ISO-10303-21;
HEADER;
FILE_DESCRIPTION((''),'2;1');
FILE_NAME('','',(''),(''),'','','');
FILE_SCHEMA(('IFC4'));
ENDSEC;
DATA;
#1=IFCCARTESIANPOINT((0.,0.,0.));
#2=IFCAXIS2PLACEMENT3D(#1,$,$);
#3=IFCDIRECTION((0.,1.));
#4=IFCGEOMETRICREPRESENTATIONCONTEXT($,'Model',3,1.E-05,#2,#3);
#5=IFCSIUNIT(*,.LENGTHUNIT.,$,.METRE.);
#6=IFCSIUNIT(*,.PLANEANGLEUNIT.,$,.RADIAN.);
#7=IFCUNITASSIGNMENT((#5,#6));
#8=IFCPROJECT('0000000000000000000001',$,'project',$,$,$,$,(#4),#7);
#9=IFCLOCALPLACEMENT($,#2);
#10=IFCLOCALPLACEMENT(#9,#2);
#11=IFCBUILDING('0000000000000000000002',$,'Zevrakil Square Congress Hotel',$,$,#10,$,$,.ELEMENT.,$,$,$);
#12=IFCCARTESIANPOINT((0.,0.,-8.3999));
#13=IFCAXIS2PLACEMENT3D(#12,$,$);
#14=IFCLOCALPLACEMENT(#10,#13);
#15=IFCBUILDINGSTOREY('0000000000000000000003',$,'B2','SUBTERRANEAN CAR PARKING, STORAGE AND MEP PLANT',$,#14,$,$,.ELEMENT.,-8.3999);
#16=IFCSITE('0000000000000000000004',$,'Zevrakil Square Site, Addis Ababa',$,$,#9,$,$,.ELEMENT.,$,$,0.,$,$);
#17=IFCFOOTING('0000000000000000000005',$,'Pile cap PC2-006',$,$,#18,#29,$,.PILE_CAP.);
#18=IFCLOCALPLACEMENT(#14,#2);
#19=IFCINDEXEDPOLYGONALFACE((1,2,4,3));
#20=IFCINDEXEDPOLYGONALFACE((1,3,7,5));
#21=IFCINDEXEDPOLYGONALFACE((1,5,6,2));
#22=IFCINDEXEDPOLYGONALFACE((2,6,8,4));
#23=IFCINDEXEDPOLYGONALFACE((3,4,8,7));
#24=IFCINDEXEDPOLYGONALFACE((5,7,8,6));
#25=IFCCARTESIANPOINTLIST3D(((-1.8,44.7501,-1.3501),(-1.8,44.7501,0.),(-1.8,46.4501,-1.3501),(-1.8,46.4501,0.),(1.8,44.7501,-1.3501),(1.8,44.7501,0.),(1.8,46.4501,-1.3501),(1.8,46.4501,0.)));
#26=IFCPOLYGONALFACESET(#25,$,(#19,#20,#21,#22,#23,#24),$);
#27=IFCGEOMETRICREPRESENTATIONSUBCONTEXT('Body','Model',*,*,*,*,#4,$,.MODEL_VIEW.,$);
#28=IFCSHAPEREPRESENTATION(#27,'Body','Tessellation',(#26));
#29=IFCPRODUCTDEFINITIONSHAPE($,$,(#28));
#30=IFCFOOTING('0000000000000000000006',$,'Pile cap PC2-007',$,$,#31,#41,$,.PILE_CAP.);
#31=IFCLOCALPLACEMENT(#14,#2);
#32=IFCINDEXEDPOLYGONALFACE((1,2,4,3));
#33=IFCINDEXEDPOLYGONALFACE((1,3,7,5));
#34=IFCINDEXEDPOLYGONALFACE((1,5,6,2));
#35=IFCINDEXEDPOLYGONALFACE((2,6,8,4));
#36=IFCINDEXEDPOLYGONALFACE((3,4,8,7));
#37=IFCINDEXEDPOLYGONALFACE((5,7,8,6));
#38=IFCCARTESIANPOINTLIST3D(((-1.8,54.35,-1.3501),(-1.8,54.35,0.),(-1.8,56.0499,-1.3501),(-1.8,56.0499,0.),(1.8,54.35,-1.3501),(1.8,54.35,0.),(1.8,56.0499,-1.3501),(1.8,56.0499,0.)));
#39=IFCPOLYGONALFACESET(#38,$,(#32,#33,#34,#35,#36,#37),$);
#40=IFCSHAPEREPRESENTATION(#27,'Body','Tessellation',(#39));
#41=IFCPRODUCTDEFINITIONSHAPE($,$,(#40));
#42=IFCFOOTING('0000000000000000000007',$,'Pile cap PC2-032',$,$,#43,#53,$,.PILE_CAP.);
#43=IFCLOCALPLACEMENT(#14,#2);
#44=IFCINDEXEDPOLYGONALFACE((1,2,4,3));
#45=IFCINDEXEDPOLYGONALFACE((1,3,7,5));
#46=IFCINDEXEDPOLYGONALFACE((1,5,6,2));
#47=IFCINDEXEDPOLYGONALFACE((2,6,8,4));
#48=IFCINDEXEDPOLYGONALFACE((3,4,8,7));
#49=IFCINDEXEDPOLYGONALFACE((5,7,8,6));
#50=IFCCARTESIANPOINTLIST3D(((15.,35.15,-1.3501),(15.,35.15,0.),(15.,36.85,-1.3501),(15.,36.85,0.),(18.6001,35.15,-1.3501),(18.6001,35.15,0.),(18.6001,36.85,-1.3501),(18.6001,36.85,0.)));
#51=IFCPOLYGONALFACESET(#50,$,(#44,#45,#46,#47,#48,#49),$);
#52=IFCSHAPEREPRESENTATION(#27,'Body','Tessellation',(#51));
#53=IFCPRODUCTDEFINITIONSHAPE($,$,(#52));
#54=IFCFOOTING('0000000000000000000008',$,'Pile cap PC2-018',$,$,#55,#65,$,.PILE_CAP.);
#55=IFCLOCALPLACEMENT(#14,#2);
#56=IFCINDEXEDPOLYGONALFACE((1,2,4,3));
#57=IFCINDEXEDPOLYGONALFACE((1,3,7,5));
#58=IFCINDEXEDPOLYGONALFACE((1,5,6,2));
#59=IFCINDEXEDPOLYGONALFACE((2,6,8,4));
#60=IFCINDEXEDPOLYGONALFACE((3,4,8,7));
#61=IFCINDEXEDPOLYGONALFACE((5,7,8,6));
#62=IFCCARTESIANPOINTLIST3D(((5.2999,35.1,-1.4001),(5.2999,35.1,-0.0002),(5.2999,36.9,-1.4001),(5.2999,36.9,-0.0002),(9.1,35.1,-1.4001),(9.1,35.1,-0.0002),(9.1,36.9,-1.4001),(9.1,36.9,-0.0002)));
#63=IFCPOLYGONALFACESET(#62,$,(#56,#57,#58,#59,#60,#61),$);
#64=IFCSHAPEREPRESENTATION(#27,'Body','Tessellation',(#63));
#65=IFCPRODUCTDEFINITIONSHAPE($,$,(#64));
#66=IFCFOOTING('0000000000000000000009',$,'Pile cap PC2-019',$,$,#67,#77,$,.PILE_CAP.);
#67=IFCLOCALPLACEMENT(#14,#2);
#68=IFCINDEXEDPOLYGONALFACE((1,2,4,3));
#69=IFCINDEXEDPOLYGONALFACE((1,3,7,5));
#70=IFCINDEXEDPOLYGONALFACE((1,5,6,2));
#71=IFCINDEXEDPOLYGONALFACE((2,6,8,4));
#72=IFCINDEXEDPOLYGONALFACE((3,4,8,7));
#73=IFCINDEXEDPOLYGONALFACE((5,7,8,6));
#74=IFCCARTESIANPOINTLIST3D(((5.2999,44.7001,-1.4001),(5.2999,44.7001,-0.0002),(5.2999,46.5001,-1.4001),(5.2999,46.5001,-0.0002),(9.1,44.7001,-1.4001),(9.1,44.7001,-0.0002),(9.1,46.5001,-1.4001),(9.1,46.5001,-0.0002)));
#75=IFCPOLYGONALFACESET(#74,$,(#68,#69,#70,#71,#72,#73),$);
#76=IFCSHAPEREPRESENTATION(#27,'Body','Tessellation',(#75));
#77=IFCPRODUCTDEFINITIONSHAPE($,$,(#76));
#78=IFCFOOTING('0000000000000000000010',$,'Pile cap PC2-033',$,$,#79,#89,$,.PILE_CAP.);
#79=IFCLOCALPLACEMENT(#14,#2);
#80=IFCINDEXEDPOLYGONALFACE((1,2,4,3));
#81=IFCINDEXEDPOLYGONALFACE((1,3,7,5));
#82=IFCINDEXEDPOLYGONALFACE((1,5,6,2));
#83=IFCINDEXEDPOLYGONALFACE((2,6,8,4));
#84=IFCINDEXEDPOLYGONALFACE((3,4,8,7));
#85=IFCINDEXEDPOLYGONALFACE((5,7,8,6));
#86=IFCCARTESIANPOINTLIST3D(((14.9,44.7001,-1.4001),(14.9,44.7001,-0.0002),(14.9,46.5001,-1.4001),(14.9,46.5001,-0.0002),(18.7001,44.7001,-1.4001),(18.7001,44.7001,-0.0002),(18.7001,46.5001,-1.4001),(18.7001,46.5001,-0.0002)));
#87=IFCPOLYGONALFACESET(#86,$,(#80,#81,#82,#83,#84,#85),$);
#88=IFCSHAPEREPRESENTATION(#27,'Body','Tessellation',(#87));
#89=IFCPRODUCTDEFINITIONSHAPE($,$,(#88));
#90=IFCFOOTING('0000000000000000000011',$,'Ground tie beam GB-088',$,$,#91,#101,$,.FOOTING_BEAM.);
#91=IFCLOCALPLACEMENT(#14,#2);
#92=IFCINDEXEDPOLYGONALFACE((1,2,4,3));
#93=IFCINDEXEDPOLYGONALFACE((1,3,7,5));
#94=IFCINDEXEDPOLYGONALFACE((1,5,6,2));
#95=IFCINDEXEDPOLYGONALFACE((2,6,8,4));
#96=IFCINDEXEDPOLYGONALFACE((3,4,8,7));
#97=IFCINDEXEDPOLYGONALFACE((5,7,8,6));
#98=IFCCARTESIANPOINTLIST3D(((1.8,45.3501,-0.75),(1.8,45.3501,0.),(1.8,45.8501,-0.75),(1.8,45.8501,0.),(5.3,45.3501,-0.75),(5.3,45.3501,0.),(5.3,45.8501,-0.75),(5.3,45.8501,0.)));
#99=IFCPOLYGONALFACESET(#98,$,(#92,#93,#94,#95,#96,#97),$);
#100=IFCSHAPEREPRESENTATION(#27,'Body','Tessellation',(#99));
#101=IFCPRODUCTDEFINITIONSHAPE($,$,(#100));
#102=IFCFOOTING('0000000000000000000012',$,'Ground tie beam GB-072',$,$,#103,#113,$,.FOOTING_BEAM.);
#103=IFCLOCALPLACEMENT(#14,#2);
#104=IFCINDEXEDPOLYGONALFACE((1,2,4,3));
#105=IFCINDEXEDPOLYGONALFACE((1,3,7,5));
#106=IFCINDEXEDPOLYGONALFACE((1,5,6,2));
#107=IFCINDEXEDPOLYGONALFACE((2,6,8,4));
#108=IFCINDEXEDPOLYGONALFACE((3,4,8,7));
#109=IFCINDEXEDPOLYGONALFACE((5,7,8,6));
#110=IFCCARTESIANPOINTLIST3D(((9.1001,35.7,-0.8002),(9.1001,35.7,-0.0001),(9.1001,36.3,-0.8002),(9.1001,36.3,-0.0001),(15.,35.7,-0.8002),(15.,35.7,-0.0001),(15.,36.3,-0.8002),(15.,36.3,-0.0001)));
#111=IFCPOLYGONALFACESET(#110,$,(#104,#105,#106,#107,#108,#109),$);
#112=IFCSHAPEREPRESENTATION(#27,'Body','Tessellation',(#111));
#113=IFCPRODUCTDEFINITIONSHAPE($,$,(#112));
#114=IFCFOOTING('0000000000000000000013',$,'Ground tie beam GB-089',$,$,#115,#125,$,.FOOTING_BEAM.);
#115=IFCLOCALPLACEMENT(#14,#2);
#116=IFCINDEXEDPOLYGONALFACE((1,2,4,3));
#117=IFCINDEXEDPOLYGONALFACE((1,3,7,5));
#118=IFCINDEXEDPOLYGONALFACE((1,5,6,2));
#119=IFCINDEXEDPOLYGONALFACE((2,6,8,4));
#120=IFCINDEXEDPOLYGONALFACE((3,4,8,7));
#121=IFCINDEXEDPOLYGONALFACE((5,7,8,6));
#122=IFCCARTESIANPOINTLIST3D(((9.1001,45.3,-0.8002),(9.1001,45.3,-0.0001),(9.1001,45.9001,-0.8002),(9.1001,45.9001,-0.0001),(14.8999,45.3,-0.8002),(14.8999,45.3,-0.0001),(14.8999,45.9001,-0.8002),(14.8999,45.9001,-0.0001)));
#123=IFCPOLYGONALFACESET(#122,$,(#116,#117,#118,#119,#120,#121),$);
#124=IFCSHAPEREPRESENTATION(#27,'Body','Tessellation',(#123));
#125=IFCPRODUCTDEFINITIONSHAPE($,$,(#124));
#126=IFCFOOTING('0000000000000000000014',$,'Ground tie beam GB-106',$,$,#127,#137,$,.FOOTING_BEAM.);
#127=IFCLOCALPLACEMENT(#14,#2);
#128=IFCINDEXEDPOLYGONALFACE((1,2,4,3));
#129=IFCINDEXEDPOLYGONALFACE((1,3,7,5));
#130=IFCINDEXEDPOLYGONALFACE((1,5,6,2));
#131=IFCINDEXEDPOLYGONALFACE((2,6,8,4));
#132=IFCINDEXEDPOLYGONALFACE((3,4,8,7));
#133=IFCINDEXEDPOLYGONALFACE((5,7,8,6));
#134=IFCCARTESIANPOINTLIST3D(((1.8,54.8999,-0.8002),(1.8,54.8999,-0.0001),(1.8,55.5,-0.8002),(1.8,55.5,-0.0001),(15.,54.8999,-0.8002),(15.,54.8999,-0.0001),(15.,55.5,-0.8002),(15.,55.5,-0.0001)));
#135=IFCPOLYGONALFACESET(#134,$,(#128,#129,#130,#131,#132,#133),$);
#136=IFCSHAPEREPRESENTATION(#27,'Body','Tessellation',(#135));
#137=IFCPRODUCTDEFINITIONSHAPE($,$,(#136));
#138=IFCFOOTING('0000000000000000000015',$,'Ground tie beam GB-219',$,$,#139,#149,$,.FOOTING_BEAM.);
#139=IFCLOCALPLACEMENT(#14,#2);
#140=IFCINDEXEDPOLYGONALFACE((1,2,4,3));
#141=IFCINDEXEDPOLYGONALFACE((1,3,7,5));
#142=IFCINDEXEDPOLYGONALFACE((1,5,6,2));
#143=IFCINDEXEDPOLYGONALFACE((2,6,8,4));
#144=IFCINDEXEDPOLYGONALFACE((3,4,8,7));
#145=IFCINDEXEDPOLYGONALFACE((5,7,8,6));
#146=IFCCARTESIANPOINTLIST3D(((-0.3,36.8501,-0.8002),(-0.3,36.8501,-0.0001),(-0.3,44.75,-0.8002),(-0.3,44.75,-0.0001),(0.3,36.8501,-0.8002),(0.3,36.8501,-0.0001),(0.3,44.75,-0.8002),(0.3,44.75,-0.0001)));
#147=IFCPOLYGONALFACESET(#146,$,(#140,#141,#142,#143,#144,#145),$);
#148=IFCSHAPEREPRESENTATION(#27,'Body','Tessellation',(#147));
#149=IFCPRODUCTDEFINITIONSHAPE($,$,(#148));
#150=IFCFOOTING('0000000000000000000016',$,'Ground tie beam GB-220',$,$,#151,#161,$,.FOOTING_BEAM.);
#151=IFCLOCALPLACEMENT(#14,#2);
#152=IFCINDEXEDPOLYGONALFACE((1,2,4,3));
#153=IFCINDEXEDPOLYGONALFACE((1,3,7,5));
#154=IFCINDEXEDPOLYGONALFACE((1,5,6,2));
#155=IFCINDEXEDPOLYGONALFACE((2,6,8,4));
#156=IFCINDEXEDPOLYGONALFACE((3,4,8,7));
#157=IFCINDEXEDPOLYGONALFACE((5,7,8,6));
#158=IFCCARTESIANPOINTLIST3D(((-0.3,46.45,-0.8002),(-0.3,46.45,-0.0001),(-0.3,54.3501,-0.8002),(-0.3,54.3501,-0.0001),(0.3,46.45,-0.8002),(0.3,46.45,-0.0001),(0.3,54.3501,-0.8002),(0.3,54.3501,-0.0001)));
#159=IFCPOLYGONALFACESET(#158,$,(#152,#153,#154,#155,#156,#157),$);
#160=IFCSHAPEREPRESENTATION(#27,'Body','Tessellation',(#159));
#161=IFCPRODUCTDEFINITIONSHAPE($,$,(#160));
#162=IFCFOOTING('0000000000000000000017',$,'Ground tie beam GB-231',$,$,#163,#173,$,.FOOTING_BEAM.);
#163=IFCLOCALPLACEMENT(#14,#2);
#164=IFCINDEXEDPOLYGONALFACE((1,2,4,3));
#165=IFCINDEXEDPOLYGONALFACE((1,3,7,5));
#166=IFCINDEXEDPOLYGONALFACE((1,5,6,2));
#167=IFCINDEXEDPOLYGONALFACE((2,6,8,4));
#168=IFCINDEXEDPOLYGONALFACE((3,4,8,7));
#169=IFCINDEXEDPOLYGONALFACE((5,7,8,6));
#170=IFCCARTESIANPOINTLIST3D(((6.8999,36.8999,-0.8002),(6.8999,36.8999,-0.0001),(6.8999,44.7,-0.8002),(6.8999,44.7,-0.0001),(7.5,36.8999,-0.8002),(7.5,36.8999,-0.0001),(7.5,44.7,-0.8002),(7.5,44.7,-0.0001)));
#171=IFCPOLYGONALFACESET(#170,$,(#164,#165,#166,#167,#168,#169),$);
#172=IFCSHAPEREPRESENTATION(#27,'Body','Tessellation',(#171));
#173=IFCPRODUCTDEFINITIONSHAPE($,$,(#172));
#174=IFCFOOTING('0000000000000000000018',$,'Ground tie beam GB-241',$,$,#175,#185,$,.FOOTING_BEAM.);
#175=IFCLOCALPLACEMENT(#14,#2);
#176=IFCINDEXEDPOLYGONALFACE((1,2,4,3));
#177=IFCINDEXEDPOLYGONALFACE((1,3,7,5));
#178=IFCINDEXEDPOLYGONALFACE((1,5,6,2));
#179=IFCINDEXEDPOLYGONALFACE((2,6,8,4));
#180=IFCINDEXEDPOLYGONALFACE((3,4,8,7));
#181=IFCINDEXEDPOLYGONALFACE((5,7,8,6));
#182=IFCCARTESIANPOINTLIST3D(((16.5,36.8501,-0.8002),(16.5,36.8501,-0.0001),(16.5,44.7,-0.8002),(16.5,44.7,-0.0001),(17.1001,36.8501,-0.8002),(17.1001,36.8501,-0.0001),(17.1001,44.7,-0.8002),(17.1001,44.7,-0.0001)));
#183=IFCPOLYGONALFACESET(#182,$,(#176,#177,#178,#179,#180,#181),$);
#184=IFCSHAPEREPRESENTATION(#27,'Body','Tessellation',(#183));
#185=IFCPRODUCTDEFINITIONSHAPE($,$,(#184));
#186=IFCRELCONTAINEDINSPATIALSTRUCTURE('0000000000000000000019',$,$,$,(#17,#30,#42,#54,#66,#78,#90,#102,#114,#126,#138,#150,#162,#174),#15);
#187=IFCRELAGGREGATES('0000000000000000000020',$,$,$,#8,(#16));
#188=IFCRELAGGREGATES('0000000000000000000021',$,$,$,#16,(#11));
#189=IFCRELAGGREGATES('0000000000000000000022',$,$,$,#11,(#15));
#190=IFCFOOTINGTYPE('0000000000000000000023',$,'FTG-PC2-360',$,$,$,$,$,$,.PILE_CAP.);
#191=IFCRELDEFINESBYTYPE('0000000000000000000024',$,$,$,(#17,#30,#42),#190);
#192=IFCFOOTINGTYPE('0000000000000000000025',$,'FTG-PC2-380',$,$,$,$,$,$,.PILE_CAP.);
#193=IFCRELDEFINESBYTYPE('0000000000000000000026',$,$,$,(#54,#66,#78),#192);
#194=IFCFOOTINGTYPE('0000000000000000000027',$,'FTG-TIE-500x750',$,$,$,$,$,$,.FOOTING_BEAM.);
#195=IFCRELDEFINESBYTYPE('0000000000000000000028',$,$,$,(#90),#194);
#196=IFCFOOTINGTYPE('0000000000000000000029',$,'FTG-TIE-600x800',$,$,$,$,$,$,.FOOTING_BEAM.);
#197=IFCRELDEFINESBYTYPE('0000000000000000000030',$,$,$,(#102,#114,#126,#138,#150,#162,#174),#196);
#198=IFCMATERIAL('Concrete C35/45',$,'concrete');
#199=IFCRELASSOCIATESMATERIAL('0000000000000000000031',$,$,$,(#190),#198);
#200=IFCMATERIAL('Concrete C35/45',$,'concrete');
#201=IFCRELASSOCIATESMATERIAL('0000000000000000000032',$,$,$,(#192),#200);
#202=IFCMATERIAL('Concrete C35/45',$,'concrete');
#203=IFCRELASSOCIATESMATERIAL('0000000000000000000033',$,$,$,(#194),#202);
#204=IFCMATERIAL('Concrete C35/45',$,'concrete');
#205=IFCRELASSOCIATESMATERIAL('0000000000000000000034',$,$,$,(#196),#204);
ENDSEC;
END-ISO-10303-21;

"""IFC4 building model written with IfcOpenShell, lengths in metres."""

from ifc_helpers import new_model, si_unit, direction, frame, origin, origin_2d, place, context, subcontext, project, spatial, rectangle, extrude, material, material_profile, profile_set, type_object, element, save


model = new_model("IFC4")

# Units and contexts
model_context = context("Model", 3, precision=1e-05, world=origin(), true_north=direction((0.0, 1.0)))
body_context = subcontext(model_context, "Body", "Model", "MODEL_VIEW")
ifc_project = project(units=[si_unit("LENGTHUNIT", "METRE"), si_unit("PLANEANGLEUNIT", "RADIAN")], contexts=[model_context])

# Site, building, storey
site_placement = place(None, origin())
site = spatial("IfcSite", under=ifc_project, at=site_placement, Name="Zevrakil Square Site, Addis Ababa", CompositionType="ELEMENT", RefElevation=0.0)
building_placement = place(site_placement, origin())
building = spatial("IfcBuilding", under=site, at=building_placement, Name="Zevrakil Square Congress Hotel", CompositionType="ELEMENT")
storey_placement = place(building_placement, frame((0.0, 0.0, -8.3999)))
storey = spatial("IfcBuildingStorey", under=building, at=storey_placement, Name="B2", Description="SUBTERRANEAN CAR PARKING, STORAGE AND MEP PLANT", CompositionType="ELEMENT", Elevation=-8.3999)

# Footings
ifc_material_1 = material(Name="Concrete C35/45", Category="concrete")
footing_type_1 = type_object("IfcFootingType", Name="FTG-PC2-360", PredefinedType="PILE_CAP", material=ifc_material_1)
for number, where, z_axis, x_axis, name in (
    (1, (0.0, 45.6001, -1.3501), (0.0, 0.0, 1.0), (1.0, 0.0, 0.0), "Pile cap PC2-006"),
    (2, (0.0, 55.2, -1.3501), (0.0, 0.0, 1.0), (1.0, 0.0, 0.0), "Pile cap PC2-007"),
    (3, (16.8, 36.0, -1.3501), (0.0, 0.0, 1.0), (1.0, 0.0, 0.0), "Pile cap PC2-032"),
):
    element("IfcFooting", number, at=place(storey_placement, frame(where, z_axis=z_axis, x_axis=x_axis)), inside=storey, type_object=footing_type_1, Name=name, PredefinedType="PILE_CAP", context=body_context, shape_type="SweptSolid", body=[
        extrude(rectangle(XDim=3.6001, YDim=1.7, at=origin_2d()), origin(), (0.0, 0.0, 1.0), 1.3501),
    ])
ifc_material_2 = material(Name="Concrete C35/45", Category="concrete")
footing_type_2 = type_object("IfcFootingType", Name="FTG-PC2-380", PredefinedType="PILE_CAP", material=ifc_material_2)
for number, where, z_axis, x_axis, name in (
    (4, (7.2, 36.0, -1.4001), (0.0, 0.0, 1.0), (1.0, 0.0, 0.0), "Pile cap PC2-018"),
    (5, (7.2, 45.6001, -1.4001), (0.0, 0.0, 1.0), (1.0, 0.0, 0.0), "Pile cap PC2-019"),
    (6, (16.8, 45.6001, -1.4001), (0.0, 0.0, 1.0), (1.0, 0.0, 0.0), "Pile cap PC2-033"),
):
    element("IfcFooting", number, at=place(storey_placement, frame(where, z_axis=z_axis, x_axis=x_axis)), inside=storey, type_object=footing_type_2, Name=name, PredefinedType="PILE_CAP", context=body_context, shape_type="SweptSolid", body=[
        extrude(rectangle(XDim=3.8, YDim=1.8, at=origin_2d()), origin(), (0.0, 0.0, 1.0), 1.3999),
    ])
ifc_material_3 = material(Name="Concrete C35/45", Category="concrete")
ifc_material_profile_1 = material_profile(ifc_material_3, rectangle(XDim=0.5, YDim=0.75, at=origin_2d()), Name="RC 500x750")
ifc_profile_set_1 = profile_set([ifc_material_profile_1], Name="Concrete C35/45")
footing_type_3 = type_object("IfcFootingType", Name="FTG-TIE-500x750", PredefinedType="FOOTING_BEAM", material=ifc_profile_set_1)
footing_1_placement = place(storey_placement, frame((1.8, 45.6001, -0.375), z_axis=(1.0, 0.0, 0.0), x_axis=(0.0, 1.0, 0.0)))
element("IfcFooting", 7, at=footing_1_placement, inside=storey, type_object=footing_type_3, Name="Ground tie beam GB-088", PredefinedType="FOOTING_BEAM", context=body_context, shape_type="SweptSolid", body=[
    extrude(rectangle(XDim=0.5, YDim=0.75, at=origin_2d()), origin(), (0.0, 0.0, 1.0), 3.5),
])
ifc_material_4 = material(Name="Concrete C35/45", Category="concrete")
ifc_material_profile_2 = material_profile(ifc_material_4, rectangle(XDim=0.6001, YDim=0.8, at=origin_2d()), Name="RC 600x800")
ifc_profile_set_2 = profile_set([ifc_material_profile_2], Name="Concrete C35/45")
footing_type_4 = type_object("IfcFootingType", Name="FTG-TIE-600x800", PredefinedType="FOOTING_BEAM", material=ifc_profile_set_2)
footing_2_placement = place(storey_placement, frame((9.1001, 36.0, -0.4001), z_axis=(1.0, 0.0, 0.0), x_axis=(0.0, 1.0, 0.0)))
element("IfcFooting", 8, at=footing_2_placement, inside=storey, type_object=footing_type_4, Name="Ground tie beam GB-072", PredefinedType="FOOTING_BEAM", context=body_context, shape_type="SweptSolid", body=[
    extrude(rectangle(XDim=0.6001, YDim=0.8, at=origin_2d()), origin(), (0.0, 0.0, 1.0), 5.8999),
])
footing_3_placement = place(storey_placement, frame((9.1001, 45.6001, -0.4001), z_axis=(1.0, 0.0, 0.0), x_axis=(0.0, 1.0, 0.0)))
element("IfcFooting", 9, at=footing_3_placement, inside=storey, type_object=footing_type_4, Name="Ground tie beam GB-089", PredefinedType="FOOTING_BEAM", context=body_context, shape_type="SweptSolid", body=[
    extrude(rectangle(XDim=0.6001, YDim=0.8, at=origin_2d()), origin(), (0.0, 0.0, 1.0), 5.7998),
])
footing_4_placement = place(storey_placement, frame((1.8, 55.2, -0.4001), z_axis=(1.0, 0.0, 0.0), x_axis=(0.0, 1.0, 0.0)))
element("IfcFooting", 10, at=footing_4_placement, inside=storey, type_object=footing_type_4, Name="Ground tie beam GB-106", PredefinedType="FOOTING_BEAM", context=body_context, shape_type="SweptSolid", body=[
    extrude(rectangle(XDim=0.6001, YDim=0.8, at=origin_2d()), origin(), (0.0, 0.0, 1.0), 13.2),
])
footing_5_placement = place(storey_placement, frame((0.0, 36.8501, -0.4001), z_axis=(0.0, 1.0, 0.0), x_axis=(-1.0, 0.0, 0.0)))
element("IfcFooting", 11, at=footing_5_placement, inside=storey, type_object=footing_type_4, Name="Ground tie beam GB-219", PredefinedType="FOOTING_BEAM", context=body_context, shape_type="SweptSolid", body=[
    extrude(rectangle(XDim=0.6001, YDim=0.8, at=origin_2d()), origin(), (0.0, 0.0, 1.0), 7.8999),
])
footing_6_placement = place(storey_placement, frame((0.0, 46.45, -0.4001), z_axis=(0.0, 1.0, 0.0), x_axis=(-1.0, 0.0, 0.0)))
element("IfcFooting", 12, at=footing_6_placement, inside=storey, type_object=footing_type_4, Name="Ground tie beam GB-220", PredefinedType="FOOTING_BEAM", context=body_context, shape_type="SweptSolid", body=[
    extrude(rectangle(XDim=0.6001, YDim=0.8, at=origin_2d()), origin(), (0.0, 0.0, 1.0), 7.9001),
])
footing_7_placement = place(storey_placement, frame((7.2, 36.8999, -0.4001), z_axis=(0.0, 1.0, 0.0), x_axis=(-1.0, 0.0, 0.0)))
element("IfcFooting", 13, at=footing_7_placement, inside=storey, type_object=footing_type_4, Name="Ground tie beam GB-231", PredefinedType="FOOTING_BEAM", context=body_context, shape_type="SweptSolid", body=[
    extrude(rectangle(XDim=0.6001, YDim=0.8, at=origin_2d()), origin(), (0.0, 0.0, 1.0), 7.8),
])
footing_8_placement = place(storey_placement, frame((16.8, 36.8501, -0.4001), z_axis=(0.0, 1.0, 0.0), x_axis=(-1.0, 0.0, 0.0)))
element("IfcFooting", 14, at=footing_8_placement, inside=storey, type_object=footing_type_4, Name="Ground tie beam GB-241", PredefinedType="FOOTING_BEAM", context=body_context, shape_type="SweptSolid", body=[
    extrude(rectangle(XDim=0.6001, YDim=0.8, at=origin_2d()), origin(), (0.0, 0.0, 1.0), 7.8499),
])

save(model, "model.ifc")
